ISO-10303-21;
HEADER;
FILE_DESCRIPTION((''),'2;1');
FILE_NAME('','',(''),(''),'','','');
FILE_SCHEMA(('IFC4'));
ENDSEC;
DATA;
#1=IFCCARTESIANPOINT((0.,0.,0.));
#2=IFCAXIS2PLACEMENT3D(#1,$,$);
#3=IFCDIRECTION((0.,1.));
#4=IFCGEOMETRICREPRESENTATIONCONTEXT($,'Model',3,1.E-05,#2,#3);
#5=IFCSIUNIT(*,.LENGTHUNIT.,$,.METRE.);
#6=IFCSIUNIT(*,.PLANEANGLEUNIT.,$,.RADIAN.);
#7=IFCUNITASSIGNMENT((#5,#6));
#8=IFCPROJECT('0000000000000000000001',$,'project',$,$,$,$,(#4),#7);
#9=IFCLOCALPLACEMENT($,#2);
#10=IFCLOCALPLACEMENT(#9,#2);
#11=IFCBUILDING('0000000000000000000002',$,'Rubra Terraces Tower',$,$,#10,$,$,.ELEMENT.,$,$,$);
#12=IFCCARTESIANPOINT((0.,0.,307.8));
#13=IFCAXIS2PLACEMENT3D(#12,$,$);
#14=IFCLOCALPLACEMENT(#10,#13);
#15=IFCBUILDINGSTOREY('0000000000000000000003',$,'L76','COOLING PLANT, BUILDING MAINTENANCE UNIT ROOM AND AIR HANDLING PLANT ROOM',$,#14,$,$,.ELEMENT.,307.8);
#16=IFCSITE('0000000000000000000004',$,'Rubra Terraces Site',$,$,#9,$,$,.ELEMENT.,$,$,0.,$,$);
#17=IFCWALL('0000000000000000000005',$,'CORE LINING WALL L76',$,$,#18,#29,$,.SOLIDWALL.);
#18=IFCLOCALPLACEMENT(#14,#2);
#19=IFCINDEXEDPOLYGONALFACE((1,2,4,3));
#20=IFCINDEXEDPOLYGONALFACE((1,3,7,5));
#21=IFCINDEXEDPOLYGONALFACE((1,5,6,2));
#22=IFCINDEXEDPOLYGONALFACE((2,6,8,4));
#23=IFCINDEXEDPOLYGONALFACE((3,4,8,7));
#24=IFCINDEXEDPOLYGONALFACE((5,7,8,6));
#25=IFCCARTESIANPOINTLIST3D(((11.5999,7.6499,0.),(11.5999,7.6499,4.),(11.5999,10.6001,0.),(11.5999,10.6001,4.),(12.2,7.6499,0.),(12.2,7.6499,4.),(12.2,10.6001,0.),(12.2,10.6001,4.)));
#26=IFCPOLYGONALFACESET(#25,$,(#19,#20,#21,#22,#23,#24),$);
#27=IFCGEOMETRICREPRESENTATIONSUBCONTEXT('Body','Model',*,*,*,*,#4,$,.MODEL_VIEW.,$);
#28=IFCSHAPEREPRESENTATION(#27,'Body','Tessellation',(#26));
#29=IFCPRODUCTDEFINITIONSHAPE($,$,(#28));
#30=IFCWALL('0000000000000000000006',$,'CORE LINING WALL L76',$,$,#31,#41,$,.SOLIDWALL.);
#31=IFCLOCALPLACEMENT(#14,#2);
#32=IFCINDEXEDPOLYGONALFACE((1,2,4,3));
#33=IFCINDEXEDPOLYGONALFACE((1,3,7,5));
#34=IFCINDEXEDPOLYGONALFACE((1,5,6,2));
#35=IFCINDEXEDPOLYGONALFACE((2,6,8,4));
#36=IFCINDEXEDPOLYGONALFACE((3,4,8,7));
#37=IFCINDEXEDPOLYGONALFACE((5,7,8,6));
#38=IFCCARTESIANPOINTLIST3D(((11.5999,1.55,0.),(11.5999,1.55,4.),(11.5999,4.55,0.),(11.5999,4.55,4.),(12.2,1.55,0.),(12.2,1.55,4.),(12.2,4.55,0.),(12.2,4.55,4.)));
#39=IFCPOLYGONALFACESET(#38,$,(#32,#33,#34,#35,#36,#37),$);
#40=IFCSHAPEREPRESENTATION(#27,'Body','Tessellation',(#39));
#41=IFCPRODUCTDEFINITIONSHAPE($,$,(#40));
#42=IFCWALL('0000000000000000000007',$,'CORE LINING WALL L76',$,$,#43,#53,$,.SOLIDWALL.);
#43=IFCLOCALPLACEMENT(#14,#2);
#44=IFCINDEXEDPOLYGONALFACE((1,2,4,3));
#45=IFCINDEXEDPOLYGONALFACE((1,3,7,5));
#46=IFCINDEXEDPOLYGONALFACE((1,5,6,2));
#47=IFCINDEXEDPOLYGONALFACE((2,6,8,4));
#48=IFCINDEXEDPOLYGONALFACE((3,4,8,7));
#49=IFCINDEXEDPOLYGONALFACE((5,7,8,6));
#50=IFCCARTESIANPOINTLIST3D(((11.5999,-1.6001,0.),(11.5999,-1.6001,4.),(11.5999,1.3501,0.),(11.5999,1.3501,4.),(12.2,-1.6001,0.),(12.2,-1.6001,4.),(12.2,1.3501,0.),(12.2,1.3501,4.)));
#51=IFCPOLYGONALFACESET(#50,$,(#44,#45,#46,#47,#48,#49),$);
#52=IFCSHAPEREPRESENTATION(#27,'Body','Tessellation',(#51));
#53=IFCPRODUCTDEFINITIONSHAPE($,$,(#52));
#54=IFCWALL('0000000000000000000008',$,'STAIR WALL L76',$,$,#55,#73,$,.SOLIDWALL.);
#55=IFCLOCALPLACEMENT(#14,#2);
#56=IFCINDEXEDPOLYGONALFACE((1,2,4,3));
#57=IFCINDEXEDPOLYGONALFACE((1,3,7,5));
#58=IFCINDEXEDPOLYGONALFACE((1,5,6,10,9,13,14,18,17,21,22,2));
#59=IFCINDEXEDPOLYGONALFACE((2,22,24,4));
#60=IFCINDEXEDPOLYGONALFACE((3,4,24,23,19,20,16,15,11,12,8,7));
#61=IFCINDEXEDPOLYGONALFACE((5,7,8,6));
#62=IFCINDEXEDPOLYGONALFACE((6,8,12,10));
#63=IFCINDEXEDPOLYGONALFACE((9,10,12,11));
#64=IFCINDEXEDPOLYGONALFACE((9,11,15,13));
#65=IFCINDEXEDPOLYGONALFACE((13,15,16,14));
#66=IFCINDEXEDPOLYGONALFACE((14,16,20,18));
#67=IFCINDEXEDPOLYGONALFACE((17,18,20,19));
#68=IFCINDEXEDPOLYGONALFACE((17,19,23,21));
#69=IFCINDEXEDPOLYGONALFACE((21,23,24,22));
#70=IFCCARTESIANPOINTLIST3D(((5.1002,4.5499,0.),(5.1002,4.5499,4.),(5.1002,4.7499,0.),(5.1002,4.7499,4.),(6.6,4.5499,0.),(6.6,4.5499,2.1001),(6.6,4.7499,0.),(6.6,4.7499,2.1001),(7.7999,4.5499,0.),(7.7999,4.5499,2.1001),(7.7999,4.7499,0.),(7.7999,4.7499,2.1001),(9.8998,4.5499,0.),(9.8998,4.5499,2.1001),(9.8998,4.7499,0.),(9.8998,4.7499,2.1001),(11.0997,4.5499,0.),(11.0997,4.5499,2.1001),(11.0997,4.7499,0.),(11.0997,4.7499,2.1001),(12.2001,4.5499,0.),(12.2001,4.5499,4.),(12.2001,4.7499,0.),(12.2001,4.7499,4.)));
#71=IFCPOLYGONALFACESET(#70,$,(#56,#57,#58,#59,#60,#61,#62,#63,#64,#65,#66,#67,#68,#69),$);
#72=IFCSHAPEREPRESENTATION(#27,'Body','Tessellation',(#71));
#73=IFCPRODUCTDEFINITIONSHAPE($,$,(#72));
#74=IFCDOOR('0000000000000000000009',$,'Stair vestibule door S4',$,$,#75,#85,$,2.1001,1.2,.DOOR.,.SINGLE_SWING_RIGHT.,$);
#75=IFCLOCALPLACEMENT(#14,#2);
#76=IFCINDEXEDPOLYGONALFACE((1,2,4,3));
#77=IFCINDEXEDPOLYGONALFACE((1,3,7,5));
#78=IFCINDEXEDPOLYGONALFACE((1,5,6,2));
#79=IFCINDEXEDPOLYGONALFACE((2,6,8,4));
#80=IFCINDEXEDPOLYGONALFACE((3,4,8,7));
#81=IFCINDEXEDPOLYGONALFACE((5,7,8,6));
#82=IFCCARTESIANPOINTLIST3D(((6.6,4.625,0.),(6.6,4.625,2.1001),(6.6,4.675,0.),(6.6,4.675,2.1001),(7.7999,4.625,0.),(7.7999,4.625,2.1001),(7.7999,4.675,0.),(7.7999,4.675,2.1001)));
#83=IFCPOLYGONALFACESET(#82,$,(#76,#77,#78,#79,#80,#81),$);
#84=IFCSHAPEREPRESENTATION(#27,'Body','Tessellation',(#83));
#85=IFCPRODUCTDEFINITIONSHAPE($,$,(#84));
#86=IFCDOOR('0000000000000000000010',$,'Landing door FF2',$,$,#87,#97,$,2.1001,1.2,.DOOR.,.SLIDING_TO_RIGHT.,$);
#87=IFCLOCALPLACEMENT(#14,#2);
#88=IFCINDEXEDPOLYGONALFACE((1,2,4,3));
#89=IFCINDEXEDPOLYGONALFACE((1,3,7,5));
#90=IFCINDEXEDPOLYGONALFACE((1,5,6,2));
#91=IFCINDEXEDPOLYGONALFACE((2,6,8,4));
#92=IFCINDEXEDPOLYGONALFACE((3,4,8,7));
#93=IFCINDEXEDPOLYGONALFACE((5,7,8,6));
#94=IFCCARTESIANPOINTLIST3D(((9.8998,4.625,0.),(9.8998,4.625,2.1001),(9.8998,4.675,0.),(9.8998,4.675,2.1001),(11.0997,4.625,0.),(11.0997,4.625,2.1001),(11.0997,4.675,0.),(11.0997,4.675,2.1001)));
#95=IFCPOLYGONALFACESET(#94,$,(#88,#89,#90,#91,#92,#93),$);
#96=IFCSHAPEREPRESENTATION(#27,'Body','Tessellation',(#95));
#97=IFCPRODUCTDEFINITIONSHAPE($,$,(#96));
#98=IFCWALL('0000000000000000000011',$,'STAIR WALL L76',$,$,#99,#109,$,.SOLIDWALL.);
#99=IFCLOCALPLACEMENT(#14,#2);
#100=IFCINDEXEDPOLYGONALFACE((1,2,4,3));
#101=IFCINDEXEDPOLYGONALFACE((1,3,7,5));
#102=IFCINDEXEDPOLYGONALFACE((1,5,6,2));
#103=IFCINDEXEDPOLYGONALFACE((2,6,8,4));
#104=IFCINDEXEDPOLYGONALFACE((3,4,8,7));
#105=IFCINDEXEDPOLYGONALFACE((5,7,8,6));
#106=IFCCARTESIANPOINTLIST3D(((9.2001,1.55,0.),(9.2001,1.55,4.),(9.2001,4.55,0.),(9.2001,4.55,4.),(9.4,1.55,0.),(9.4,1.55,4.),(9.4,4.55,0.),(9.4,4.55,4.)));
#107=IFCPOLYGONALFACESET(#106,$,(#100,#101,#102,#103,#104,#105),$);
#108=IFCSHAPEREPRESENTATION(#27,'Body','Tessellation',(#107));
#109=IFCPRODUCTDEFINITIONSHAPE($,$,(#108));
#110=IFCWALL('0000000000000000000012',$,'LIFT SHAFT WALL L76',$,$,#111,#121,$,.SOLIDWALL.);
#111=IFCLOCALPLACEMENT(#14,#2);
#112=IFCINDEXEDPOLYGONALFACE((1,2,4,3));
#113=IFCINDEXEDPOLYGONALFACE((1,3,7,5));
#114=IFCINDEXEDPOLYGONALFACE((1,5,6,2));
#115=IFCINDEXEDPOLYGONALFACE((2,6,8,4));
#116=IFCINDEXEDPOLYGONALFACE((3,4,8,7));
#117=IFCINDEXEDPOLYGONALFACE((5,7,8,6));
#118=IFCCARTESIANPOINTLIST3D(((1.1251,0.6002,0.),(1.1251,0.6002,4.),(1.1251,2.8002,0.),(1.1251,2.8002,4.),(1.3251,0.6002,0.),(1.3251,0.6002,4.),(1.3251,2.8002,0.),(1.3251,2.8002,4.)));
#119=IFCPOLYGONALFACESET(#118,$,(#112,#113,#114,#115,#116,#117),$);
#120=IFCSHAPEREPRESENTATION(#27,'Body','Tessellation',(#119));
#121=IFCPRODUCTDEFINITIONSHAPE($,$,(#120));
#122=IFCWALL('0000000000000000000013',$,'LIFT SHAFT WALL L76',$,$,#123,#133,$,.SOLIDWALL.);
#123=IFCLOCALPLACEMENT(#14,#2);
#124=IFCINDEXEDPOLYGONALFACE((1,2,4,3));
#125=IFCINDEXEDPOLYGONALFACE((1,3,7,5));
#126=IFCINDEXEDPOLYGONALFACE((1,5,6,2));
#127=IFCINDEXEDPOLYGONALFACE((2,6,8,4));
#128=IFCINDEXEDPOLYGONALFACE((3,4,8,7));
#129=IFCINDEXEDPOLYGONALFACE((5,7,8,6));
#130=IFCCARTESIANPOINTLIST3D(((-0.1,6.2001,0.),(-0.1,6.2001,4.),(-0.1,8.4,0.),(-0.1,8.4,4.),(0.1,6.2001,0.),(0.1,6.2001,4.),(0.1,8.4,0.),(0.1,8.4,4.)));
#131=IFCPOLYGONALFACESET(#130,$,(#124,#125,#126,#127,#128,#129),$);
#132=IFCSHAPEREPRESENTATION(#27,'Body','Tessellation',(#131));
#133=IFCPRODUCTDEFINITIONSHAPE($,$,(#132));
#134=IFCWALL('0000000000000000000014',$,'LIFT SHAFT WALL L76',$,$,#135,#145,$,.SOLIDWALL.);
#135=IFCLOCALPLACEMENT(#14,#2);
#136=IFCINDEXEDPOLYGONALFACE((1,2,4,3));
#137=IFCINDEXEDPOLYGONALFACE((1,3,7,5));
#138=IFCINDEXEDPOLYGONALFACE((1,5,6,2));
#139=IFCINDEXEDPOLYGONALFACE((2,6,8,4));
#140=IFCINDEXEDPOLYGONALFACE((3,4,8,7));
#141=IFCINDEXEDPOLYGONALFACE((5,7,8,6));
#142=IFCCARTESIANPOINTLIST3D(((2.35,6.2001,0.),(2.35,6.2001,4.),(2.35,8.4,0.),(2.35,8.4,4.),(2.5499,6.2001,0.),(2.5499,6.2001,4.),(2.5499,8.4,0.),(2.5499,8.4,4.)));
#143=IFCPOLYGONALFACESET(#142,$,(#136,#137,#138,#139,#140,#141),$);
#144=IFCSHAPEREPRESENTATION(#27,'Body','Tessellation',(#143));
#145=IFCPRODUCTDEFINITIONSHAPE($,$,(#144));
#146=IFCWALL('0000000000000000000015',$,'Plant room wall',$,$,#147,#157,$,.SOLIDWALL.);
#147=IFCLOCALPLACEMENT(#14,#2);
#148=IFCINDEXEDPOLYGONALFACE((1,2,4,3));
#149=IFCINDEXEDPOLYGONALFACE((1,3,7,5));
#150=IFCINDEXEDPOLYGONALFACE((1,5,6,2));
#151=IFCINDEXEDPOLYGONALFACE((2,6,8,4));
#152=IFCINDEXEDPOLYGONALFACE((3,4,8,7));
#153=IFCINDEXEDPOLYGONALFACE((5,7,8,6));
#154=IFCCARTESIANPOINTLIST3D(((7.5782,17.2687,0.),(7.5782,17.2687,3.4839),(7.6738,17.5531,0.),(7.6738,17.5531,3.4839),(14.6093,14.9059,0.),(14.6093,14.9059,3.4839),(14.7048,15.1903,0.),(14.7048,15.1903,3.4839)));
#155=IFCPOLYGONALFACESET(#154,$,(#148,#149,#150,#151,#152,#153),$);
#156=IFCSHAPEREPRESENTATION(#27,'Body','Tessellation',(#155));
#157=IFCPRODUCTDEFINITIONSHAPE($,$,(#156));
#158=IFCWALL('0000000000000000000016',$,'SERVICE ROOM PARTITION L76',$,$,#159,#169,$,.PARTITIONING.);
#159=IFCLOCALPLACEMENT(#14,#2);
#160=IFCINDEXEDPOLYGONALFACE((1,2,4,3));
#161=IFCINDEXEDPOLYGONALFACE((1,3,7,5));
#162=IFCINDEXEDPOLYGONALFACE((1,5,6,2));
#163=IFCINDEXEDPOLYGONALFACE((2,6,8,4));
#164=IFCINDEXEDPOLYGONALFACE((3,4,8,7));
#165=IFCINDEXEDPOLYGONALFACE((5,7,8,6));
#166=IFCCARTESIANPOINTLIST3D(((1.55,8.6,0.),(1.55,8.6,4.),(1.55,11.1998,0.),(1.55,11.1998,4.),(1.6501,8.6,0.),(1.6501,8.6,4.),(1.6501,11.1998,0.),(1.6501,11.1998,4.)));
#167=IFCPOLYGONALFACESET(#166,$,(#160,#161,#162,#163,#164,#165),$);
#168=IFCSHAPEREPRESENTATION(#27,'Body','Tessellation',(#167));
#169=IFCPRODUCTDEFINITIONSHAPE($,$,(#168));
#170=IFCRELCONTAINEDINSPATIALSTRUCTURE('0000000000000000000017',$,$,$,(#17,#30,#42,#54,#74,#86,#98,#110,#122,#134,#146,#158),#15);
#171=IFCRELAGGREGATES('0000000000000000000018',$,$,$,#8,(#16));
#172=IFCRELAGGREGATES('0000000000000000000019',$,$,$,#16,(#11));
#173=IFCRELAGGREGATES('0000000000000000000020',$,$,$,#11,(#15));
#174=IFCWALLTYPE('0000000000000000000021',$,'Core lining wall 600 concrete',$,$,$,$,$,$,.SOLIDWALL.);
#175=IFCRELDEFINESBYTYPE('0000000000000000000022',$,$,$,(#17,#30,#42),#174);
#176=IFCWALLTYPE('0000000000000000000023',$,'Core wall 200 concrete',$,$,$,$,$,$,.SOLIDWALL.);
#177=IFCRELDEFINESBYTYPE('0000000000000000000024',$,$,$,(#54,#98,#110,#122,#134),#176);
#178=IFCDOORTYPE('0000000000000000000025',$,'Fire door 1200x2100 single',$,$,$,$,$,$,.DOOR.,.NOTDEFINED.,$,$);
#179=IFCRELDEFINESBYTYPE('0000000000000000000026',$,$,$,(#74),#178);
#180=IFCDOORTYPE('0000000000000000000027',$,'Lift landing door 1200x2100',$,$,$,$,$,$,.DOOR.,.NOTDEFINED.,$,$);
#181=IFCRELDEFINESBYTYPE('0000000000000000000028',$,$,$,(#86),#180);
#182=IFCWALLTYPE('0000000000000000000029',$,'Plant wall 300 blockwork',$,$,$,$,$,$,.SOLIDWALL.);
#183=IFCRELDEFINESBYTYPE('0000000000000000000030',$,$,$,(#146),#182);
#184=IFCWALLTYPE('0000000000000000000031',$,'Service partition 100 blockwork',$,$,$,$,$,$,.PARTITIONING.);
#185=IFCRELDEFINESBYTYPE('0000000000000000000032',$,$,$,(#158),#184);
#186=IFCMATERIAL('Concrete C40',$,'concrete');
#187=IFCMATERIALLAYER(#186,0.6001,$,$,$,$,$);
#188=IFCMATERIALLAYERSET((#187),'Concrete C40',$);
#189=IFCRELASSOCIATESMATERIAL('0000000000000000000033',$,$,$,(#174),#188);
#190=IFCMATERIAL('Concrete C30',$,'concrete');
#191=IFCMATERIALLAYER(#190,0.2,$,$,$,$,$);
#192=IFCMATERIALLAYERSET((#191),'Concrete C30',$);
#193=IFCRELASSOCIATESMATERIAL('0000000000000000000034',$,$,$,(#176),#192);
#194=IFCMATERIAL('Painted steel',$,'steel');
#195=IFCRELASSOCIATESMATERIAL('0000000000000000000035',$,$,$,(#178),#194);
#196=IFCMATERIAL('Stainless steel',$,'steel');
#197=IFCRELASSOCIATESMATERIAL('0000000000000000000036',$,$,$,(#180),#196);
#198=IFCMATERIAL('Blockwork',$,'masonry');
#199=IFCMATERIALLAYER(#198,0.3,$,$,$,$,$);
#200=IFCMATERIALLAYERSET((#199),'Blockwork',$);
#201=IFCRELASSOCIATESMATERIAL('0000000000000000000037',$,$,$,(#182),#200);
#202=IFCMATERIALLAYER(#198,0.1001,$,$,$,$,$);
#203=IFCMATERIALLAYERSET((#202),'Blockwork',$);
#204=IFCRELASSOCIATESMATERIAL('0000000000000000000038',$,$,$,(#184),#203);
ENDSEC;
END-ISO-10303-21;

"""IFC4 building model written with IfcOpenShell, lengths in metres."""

from ifc_helpers import new_model, si_unit, direction, frame, frame_2d, origin, place, context, subcontext, project, spatial, rectangle, extrude, material, layer, layer_set, type_object, element, fill, save


model = new_model("IFC4")

# Units and contexts
model_context = context("Model", 3, precision=1e-05, world=origin(), true_north=direction((0.0, 1.0)))
body_context = subcontext(model_context, "Body", "Model", "MODEL_VIEW")
ifc_project = project(units=[si_unit("LENGTHUNIT", "METRE"), si_unit("PLANEANGLEUNIT", "RADIAN")], contexts=[model_context])

# Site, building, storey
site_placement = place(None, origin())
site = spatial("IfcSite", under=ifc_project, at=site_placement, Name="Rubra Terraces Site", CompositionType="ELEMENT", RefElevation=0.0)
building_placement = place(site_placement, origin())
building = spatial("IfcBuilding", under=site, at=building_placement, Name="Rubra Terraces Tower", CompositionType="ELEMENT")
storey_placement = place(building_placement, frame((0.0, 0.0, 307.8)))
storey = spatial("IfcBuildingStorey", under=building, at=storey_placement, Name="L76", Description="COOLING PLANT, BUILDING MAINTENANCE UNIT ROOM AND AIR HANDLING PLANT ROOM", CompositionType="ELEMENT", Elevation=307.8)

# Walls
ifc_material_1 = material(Name="Concrete C40", Category="concrete")
ifc_layer_1 = layer(ifc_material_1, 0.6001)
ifc_layer_set_1 = layer_set([ifc_layer_1], Name="Concrete C40")
wall_type_1 = type_object("IfcWallType", Name="Core lining wall 600 concrete", PredefinedType="SOLIDWALL", material=ifc_layer_set_1)
wall_1_placement = place(storey_placement, frame((11.8999, 10.6001, 0.0), z_axis=(0.0, 0.0, 1.0), x_axis=(0.0, -1.0, 0.0)))
element("IfcWall", 1, at=wall_1_placement, inside=storey, type_object=wall_type_1, Name="CORE LINING WALL L76", PredefinedType="SOLIDWALL", context=body_context, shape_type="SweptSolid", body=[
    extrude(rectangle(XDim=2.9502, YDim=0.6001, at=frame_2d((1.4751, 0.0))), origin(), (0.0, 0.0, 1.0), 4.0),
])
wall_2_placement = place(storey_placement, frame((11.8999, 4.55, 0.0), z_axis=(0.0, 0.0, 1.0), x_axis=(0.0, -1.0, 0.0)))
element("IfcWall", 2, at=wall_2_placement, inside=storey, type_object=wall_type_1, Name="CORE LINING WALL L76", PredefinedType="SOLIDWALL", context=body_context, shape_type="SweptSolid", body=[
    extrude(rectangle(XDim=3.0, YDim=0.6001, at=frame_2d((1.5, 0.0))), origin(), (0.0, 0.0, 1.0), 4.0),
])
wall_3_placement = place(storey_placement, frame((11.8999, 1.3501, 0.0), z_axis=(0.0, 0.0, 1.0), x_axis=(0.0, -1.0, 0.0)))
element("IfcWall", 3, at=wall_3_placement, inside=storey, type_object=wall_type_1, Name="CORE LINING WALL L76", PredefinedType="SOLIDWALL", context=body_context, shape_type="SweptSolid", body=[
    extrude(rectangle(XDim=2.9502, YDim=0.6001, at=frame_2d((1.4751, 0.0))), origin(), (0.0, 0.0, 1.0), 4.0),
])

# Wall, openings, doors
ifc_material_2 = material(Name="Concrete C30", Category="concrete")
ifc_layer_2 = layer(ifc_material_2, 0.2)
ifc_layer_set_2 = layer_set([ifc_layer_2], Name="Concrete C30")
wall_type_2 = type_object("IfcWallType", Name="Core wall 200 concrete", PredefinedType="SOLIDWALL", material=ifc_layer_set_2)
wall_4_placement = place(storey_placement, frame((12.2, 4.6499, 0.0), z_axis=(0.0, 0.0, 1.0), x_axis=(-1.0, 0.0, 0.0)))
wall_4 = element("IfcWall", 4, at=wall_4_placement, inside=storey, type_object=wall_type_2, Name="STAIR WALL L76", PredefinedType="SOLIDWALL", context=body_context, shape_type="SweptSolid", body=[
    extrude(rectangle(XDim=7.0999, YDim=0.2, at=frame_2d((3.5498, 0.0))), origin(), (0.0, 0.0, 1.0), 4.0),
])
opening_1_placement = place(wall_4_placement, frame((4.3999, 0.0, 0.0)))
opening_1 = element("IfcOpeningElement", 5, at=opening_1_placement, cuts=wall_4, PredefinedType="OPENING", context=body_context, shape_type="SweptSolid", body=[
    extrude(rectangle(XDim=1.2, YDim=2.1001, at=frame_2d((0.6001, 1.05))), frame((0.0, 0.1099, 0.0), z_axis=(0.0, -1.0, 0.0), x_axis=(1.0, 0.0, 0.0)), (0.0, 0.0, 1.0), 0.22),
])
opening_2_placement = place(wall_4_placement, frame((1.1001, 0.0, 0.0)))
opening_2 = element("IfcOpeningElement", 6, at=opening_2_placement, cuts=wall_4, PredefinedType="OPENING", context=body_context, shape_type="SweptSolid", body=[
    extrude(rectangle(XDim=1.2, YDim=2.1001, at=frame_2d((0.6001, 1.05))), frame((0.0, 0.1099, 0.0), z_axis=(0.0, -1.0, 0.0), x_axis=(1.0, 0.0, 0.0)), (0.0, 0.0, 1.0), 0.22),
])
ifc_material_3 = material(Name="Painted steel", Category="steel")
door_type_1 = type_object("IfcDoorType", Name="Fire door 1200x2100 single", OperationType="NOTDEFINED", PredefinedType="DOOR", material=ifc_material_3)
door_1_placement = place(opening_1_placement, origin())
door_1 = element("IfcDoor", 7, at=door_1_placement, inside=storey, type_object=door_type_1, Name="Stair vestibule door S4", OperationType="SINGLE_SWING_RIGHT", OverallHeight=2.1001, OverallWidth=1.2, PredefinedType="DOOR", context=body_context, shape_type="SweptSolid", body=[
    extrude(rectangle(XDim=1.2, YDim=2.1001, at=frame_2d((0.6001, 1.05))), frame((0.0, 0.0249, 0.0), z_axis=(0.0, -1.0, 0.0), x_axis=(1.0, 0.0, 0.0)), (0.0, 0.0, 1.0), 0.05),
])
fill(opening_1, door_1)
ifc_material_4 = material(Name="Stainless steel", Category="steel")
door_type_2 = type_object("IfcDoorType", Name="Lift landing door 1200x2100", OperationType="NOTDEFINED", PredefinedType="DOOR", material=ifc_material_4)
door_2_placement = place(opening_2_placement, origin())
door_2 = element("IfcDoor", 8, at=door_2_placement, inside=storey, type_object=door_type_2, Name="Landing door FF2", OperationType="SLIDING_TO_RIGHT", OverallHeight=2.1001, OverallWidth=1.2, PredefinedType="DOOR", context=body_context, shape_type="SweptSolid", body=[
    extrude(rectangle(XDim=1.2, YDim=2.1001, at=frame_2d((0.6001, 1.05))), frame((0.0, 0.0249, 0.0), z_axis=(0.0, -1.0, 0.0), x_axis=(1.0, 0.0, 0.0)), (0.0, 0.0, 1.0), 0.05),
])
fill(opening_2, door_2)

# Walls
wall_5_placement = place(storey_placement, frame((9.3, 4.55, 0.0), z_axis=(0.0, 0.0, 1.0), x_axis=(0.0, -1.0, 0.0)))
element("IfcWall", 9, at=wall_5_placement, inside=storey, type_object=wall_type_2, Name="STAIR WALL L76", PredefinedType="SOLIDWALL", context=body_context, shape_type="SweptSolid", body=[
    extrude(rectangle(XDim=3.0, YDim=0.2, at=frame_2d((1.5, 0.0))), origin(), (0.0, 0.0, 1.0), 4.0),
])
for number, where, z_axis, x_axis, name in (
    (10, (1.2251, 0.6001, 0.0), (0.0, 0.0, 1.0), (0.0, 1.0, 0.0), "LIFT SHAFT WALL L76"),
    (11, (0.0, 6.2, 0.0), (0.0, 0.0, 1.0), (0.0, 1.0, 0.0), "LIFT SHAFT WALL L76"),
    (12, (2.45, 6.2, 0.0), (0.0, 0.0, 1.0), (0.0, 1.0, 0.0), "LIFT SHAFT WALL L76"),
):
    element("IfcWall", number, at=place(storey_placement, frame(where, z_axis=z_axis, x_axis=x_axis)), inside=storey, type_object=wall_type_2, Name=name, PredefinedType="SOLIDWALL", context=body_context, shape_type="SweptSolid", body=[
        extrude(rectangle(XDim=2.2, YDim=0.2, at=frame_2d((1.1001, 0.0))), origin(), (0.0, 0.0, 1.0), 4.0),
    ])
ifc_material_5 = material(Name="Blockwork", Category="masonry")
ifc_layer_3 = layer(ifc_material_5, 0.3)
ifc_layer_set_3 = layer_set([ifc_layer_3], Name="Blockwork")
wall_type_3 = type_object("IfcWallType", Name="Plant wall 300 blockwork", PredefinedType="SOLIDWALL", material=ifc_layer_set_3)
wall_6_placement = place(storey_placement, frame((7.626, 17.4109, 0.0), z_axis=(0.0, 0.0, 1.0), x_axis=(0.947907, -0.318547, 0.0)))
element("IfcWall", 13, at=wall_6_placement, inside=storey, type_object=wall_type_3, Name="Plant room wall", PredefinedType="SOLIDWALL", context=body_context, shape_type="SweptSolid", body=[
    extrude(rectangle(XDim=7.4175, YDim=0.3, at=frame_2d((3.7087, 0.0))), origin(), (0.0, 0.0, 1.0), 3.4839),
])
ifc_layer_4 = layer(ifc_material_5, 0.1001)
ifc_layer_set_4 = layer_set([ifc_layer_4], Name="Blockwork")
wall_type_4 = type_object("IfcWallType", Name="Service partition 100 blockwork", PredefinedType="PARTITIONING", material=ifc_layer_set_4)
wall_7_placement = place(storey_placement, frame((1.6001, 8.6001, 0.0), z_axis=(0.0, 0.0, 1.0), x_axis=(0.0, 1.0, 0.0)))
element("IfcWall", 14, at=wall_7_placement, inside=storey, type_object=wall_type_4, Name="SERVICE ROOM PARTITION L76", PredefinedType="PARTITIONING", context=body_context, shape_type="SweptSolid", body=[
    extrude(rectangle(XDim=2.5999, YDim=0.1001, at=frame_2d((1.2998, 0.0))), origin(), (0.0, 0.0, 1.0), 4.0),
])

save(model, "model.ifc")
